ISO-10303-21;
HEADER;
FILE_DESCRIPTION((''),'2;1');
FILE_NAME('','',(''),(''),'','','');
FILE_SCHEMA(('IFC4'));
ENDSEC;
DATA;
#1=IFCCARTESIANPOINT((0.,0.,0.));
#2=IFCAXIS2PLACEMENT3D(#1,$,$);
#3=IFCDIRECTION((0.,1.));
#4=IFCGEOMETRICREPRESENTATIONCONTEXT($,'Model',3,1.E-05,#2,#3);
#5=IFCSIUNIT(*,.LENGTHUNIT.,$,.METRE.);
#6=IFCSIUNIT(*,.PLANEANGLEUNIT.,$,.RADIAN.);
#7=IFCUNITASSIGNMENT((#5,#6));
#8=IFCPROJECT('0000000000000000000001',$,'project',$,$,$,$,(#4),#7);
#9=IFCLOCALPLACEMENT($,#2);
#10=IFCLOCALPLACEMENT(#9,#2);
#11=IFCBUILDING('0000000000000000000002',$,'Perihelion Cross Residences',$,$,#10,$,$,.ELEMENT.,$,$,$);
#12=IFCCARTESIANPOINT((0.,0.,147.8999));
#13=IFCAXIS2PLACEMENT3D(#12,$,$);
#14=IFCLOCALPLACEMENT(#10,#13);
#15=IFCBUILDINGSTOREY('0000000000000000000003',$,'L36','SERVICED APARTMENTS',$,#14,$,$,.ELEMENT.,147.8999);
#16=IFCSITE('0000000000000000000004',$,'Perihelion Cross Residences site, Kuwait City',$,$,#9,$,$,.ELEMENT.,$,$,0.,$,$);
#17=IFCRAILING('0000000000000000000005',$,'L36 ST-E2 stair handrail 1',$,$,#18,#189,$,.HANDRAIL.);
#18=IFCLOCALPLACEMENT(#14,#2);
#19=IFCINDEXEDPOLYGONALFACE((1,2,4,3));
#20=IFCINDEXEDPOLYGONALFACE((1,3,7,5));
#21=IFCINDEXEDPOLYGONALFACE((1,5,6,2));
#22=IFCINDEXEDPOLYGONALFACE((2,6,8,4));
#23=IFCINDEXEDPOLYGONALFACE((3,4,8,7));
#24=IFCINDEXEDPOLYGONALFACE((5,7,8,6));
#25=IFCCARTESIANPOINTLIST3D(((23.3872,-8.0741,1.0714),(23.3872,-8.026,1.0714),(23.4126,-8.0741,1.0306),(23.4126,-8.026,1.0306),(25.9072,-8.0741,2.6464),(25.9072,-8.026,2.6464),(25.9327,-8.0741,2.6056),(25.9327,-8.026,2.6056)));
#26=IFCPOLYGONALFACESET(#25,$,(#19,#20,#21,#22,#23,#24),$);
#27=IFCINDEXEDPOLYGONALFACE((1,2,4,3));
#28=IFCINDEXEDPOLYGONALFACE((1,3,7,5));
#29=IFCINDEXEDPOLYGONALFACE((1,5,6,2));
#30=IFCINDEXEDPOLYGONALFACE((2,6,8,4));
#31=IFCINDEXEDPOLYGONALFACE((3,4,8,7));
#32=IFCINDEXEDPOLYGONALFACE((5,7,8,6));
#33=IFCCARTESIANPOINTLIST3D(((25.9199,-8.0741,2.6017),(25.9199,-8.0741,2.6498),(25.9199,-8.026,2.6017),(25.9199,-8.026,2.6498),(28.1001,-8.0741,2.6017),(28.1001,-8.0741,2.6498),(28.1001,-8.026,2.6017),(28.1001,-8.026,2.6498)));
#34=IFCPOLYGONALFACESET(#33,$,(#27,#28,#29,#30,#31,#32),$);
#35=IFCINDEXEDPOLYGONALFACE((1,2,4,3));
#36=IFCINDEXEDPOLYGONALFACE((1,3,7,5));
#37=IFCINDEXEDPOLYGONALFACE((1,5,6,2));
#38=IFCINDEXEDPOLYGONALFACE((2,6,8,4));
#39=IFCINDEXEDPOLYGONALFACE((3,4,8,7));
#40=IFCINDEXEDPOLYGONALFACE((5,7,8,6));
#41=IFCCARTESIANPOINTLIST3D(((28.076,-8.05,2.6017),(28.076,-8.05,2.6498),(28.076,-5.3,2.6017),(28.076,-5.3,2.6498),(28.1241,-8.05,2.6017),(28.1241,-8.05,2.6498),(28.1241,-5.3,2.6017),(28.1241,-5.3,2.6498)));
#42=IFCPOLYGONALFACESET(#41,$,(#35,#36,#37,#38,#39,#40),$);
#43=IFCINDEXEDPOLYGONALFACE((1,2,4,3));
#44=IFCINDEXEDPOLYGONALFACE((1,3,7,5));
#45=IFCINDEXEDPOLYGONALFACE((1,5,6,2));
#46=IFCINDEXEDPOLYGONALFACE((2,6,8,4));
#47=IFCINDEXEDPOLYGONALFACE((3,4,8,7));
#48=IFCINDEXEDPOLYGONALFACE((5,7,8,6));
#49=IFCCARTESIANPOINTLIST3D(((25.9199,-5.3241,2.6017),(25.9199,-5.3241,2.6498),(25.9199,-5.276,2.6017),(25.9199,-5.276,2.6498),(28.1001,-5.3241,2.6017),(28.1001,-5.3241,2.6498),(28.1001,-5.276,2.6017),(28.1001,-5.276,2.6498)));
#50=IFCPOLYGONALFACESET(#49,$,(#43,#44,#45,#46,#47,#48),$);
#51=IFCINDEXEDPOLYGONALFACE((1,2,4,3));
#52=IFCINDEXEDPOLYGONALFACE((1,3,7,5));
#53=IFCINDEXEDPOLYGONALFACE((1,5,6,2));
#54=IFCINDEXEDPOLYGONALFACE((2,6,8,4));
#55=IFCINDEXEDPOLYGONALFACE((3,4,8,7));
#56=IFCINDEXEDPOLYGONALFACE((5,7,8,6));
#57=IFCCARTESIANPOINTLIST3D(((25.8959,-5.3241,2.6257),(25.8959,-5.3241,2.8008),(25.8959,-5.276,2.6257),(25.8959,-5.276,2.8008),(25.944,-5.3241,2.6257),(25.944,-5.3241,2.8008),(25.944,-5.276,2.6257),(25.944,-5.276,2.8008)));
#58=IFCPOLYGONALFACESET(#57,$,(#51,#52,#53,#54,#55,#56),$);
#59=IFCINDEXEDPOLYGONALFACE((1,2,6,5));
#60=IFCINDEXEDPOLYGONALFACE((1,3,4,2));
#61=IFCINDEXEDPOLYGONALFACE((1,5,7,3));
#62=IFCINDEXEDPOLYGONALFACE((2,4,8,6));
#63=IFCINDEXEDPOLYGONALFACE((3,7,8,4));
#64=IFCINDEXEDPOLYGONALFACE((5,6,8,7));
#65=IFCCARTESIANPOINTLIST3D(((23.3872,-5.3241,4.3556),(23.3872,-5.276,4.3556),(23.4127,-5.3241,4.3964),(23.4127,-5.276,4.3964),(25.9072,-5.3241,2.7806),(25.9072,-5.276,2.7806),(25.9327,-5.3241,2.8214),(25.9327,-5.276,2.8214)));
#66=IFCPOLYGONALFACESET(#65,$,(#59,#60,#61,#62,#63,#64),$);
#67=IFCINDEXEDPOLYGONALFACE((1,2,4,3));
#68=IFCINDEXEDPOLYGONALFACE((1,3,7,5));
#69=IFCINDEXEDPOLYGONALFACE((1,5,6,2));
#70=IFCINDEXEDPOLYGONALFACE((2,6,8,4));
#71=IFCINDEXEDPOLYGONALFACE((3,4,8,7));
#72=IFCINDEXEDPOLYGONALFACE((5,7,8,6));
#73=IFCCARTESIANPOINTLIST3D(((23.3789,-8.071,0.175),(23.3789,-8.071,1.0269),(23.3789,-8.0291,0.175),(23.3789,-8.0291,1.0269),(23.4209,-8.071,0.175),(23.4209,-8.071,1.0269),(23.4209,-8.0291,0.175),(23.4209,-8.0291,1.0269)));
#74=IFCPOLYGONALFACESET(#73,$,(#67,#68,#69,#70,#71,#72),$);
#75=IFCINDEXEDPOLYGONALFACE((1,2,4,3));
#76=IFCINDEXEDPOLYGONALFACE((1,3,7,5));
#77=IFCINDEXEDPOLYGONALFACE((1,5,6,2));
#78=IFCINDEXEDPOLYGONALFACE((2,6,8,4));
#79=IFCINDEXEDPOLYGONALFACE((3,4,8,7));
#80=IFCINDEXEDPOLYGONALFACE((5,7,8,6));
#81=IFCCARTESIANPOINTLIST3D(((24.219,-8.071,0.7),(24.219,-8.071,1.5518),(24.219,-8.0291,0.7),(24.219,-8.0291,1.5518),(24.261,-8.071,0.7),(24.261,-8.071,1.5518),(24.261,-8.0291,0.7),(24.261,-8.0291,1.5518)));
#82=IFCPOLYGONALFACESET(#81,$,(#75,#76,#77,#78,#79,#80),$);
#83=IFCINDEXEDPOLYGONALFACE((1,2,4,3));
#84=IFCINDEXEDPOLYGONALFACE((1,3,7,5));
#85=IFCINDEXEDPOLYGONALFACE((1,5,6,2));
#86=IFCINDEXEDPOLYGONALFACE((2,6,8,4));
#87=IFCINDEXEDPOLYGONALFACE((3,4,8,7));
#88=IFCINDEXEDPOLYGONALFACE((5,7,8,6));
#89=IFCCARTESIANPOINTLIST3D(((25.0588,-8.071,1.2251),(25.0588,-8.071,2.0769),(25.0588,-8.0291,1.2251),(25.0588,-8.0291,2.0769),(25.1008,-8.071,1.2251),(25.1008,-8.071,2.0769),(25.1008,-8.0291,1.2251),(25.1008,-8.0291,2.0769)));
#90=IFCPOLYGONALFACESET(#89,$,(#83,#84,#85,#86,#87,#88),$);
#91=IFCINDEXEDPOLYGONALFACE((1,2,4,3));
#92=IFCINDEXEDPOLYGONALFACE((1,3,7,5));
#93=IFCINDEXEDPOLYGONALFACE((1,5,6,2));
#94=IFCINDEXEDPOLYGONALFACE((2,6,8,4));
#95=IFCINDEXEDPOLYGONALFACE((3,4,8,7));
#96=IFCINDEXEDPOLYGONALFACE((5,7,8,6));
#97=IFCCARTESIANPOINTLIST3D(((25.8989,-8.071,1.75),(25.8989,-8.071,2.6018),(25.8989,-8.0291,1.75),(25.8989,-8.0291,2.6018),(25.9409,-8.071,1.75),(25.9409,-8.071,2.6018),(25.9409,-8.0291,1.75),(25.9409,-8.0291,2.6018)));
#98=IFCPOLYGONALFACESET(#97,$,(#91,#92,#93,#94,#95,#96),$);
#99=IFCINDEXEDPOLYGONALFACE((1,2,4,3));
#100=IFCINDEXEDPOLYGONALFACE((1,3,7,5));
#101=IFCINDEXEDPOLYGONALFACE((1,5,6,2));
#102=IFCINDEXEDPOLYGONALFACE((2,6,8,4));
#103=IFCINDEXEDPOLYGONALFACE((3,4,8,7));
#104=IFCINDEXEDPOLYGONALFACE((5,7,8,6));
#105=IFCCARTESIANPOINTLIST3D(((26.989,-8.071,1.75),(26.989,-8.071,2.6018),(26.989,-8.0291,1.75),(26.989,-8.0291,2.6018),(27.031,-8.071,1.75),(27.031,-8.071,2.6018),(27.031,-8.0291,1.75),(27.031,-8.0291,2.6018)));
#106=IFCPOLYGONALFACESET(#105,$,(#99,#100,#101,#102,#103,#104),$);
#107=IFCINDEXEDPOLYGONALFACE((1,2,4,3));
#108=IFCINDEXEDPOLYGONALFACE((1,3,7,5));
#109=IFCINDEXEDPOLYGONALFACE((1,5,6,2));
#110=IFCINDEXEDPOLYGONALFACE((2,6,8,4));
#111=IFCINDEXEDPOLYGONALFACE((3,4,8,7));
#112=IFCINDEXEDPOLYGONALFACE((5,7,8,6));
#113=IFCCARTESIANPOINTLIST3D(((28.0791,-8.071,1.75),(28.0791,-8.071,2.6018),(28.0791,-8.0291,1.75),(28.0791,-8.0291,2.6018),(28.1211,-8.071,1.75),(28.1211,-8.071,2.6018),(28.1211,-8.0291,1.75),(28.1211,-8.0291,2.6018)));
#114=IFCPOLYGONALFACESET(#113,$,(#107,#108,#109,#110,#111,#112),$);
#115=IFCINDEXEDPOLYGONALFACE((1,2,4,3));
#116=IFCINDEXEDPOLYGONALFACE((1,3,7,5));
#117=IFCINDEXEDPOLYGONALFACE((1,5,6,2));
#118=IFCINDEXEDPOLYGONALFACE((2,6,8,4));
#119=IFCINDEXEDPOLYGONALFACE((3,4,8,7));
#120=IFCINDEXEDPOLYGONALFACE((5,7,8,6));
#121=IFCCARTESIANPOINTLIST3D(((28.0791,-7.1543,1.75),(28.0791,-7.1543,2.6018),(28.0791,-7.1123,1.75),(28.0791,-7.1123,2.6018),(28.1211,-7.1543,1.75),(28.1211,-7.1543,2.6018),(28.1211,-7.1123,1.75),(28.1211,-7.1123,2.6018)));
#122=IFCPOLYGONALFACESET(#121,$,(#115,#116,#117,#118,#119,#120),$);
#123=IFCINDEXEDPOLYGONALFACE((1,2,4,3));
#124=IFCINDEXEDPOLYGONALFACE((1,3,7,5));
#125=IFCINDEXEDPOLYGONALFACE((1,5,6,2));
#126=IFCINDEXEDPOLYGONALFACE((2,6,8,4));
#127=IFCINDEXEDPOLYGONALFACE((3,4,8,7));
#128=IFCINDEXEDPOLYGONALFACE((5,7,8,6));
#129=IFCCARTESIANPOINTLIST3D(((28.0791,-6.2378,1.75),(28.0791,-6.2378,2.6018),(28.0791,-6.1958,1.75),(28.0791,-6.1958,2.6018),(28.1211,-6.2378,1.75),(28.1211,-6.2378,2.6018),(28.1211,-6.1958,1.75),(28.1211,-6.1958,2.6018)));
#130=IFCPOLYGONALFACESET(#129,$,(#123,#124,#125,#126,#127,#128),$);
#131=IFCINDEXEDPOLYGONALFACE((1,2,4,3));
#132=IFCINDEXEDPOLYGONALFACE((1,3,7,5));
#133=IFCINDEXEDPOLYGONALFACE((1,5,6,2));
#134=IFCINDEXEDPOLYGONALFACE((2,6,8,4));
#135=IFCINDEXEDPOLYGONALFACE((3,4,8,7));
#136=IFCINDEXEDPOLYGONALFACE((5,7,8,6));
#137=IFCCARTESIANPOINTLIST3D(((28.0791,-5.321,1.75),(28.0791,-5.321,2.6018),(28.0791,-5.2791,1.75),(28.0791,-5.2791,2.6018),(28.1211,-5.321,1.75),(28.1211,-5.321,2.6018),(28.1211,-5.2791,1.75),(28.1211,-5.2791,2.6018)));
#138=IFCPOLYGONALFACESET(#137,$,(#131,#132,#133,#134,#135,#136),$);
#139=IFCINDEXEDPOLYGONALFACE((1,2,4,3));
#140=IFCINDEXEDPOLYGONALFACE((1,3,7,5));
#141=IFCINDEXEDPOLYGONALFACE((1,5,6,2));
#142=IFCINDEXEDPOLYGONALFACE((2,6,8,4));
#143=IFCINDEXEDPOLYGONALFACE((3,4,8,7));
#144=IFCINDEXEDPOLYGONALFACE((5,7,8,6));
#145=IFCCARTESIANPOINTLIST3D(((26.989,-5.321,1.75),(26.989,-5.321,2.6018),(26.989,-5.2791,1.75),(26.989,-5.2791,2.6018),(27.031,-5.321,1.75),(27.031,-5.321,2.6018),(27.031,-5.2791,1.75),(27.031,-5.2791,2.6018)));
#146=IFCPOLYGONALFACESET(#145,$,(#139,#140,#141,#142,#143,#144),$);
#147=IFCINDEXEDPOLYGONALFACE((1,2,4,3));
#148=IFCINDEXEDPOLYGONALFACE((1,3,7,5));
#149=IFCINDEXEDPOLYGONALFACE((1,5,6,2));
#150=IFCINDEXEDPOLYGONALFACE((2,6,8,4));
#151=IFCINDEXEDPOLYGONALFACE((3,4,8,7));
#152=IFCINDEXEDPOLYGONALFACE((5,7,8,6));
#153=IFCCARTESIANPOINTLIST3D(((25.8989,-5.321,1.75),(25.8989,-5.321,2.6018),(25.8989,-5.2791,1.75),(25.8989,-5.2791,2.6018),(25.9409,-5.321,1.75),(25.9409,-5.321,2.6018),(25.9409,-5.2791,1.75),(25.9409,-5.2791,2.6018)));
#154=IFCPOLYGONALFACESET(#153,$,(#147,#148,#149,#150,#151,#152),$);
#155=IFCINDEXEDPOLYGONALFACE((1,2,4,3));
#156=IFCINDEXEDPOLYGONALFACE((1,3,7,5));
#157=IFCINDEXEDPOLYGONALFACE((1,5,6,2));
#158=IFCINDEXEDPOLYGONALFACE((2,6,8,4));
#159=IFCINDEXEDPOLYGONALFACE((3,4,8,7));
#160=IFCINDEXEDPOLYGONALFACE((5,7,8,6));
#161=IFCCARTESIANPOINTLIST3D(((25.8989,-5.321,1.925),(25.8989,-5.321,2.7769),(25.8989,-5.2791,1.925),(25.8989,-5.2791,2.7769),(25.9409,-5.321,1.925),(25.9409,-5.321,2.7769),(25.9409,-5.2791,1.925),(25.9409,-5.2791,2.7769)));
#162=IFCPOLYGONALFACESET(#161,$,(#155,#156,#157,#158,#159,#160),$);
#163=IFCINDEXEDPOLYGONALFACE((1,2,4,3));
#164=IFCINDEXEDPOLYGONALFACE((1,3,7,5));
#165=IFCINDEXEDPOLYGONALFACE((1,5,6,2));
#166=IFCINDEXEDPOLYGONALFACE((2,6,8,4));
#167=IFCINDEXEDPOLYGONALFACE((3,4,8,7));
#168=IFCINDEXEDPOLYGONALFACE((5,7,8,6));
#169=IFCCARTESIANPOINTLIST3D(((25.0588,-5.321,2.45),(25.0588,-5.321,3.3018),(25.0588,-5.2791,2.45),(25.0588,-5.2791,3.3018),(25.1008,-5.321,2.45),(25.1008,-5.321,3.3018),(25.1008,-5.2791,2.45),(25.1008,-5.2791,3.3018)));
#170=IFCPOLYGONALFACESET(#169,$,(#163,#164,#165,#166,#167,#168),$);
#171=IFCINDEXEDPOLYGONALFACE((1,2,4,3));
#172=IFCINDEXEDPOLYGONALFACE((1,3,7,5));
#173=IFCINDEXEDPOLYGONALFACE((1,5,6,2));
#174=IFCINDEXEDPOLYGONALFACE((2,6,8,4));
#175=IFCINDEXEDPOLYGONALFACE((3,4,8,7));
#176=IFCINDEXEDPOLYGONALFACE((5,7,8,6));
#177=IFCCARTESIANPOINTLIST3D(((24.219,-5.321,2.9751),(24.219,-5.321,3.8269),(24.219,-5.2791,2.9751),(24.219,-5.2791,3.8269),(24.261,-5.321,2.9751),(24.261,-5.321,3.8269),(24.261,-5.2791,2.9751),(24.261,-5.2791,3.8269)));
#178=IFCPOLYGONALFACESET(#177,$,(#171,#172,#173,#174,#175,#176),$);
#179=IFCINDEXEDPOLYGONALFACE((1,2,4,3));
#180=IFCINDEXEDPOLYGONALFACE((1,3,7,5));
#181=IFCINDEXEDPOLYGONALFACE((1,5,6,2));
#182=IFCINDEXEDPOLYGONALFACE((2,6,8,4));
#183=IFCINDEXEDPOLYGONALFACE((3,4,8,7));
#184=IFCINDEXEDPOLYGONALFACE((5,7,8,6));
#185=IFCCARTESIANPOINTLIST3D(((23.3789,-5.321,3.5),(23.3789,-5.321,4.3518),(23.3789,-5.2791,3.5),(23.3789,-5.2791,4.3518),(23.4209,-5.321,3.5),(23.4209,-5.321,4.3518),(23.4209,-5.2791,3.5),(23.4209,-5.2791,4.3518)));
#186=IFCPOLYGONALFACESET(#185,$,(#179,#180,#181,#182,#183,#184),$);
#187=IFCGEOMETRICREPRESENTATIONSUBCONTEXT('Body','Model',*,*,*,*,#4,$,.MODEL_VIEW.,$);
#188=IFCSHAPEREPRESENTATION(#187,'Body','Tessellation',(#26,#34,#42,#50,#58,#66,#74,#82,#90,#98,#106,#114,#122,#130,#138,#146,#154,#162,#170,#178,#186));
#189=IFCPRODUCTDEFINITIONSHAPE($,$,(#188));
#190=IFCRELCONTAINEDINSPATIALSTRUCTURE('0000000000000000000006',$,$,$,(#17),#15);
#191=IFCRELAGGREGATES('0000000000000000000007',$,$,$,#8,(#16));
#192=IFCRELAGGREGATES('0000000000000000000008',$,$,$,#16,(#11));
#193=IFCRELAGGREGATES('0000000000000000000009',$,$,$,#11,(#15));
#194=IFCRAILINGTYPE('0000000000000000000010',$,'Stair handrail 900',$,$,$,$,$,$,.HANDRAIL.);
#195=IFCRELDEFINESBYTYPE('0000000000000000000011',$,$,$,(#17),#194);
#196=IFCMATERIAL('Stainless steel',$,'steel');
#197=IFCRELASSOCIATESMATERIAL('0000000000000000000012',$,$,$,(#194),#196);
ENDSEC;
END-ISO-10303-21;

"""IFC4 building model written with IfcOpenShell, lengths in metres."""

from ifc_helpers import new_model, si_unit, direction, frame, origin, origin_2d, place, context, subcontext, project, spatial, rectangle, extrude, material, type_object, element, save


model = new_model("IFC4")

# Units and contexts
model_context = context("Model", 3, precision=1e-05, world=origin(), true_north=direction((0.0, 1.0)))
body_context = subcontext(model_context, "Body", "Model", "MODEL_VIEW")
ifc_project = project(units=[si_unit("LENGTHUNIT", "METRE"), si_unit("PLANEANGLEUNIT", "RADIAN")], contexts=[model_context])

# Site, building, storey
site_placement = place(None, origin())
site = spatial("IfcSite", under=ifc_project, at=site_placement, Name="Perihelion Cross Residences site, Kuwait City", CompositionType="ELEMENT", RefElevation=0.0)
building_placement = place(site_placement, origin())
building = spatial("IfcBuilding", under=site, at=building_placement, Name="Perihelion Cross Residences", CompositionType="ELEMENT")
storey_placement = place(building_placement, frame((0.0, 0.0, 147.8999)))
storey = spatial("IfcBuildingStorey", under=building, at=storey_placement, Name="L36", Description="SERVICED APARTMENTS", CompositionType="ELEMENT", Elevation=147.8999)

# Railing
ifc_material_1 = material(Name="Stainless steel", Category="steel")
railing_type_1 = type_object("IfcRailingType", Name="Stair handrail 900", PredefinedType="HANDRAIL", material=ifc_material_1)
railing_1_placement = place(storey_placement, frame((23.3999, -8.05, 0.175)))
element("IfcRailing", 1, at=railing_1_placement, inside=storey, type_object=railing_type_1, Name="L36 ST-E2 stair handrail 1", PredefinedType="HANDRAIL", context=body_context, shape_type="SweptSolid", body=[
    extrude(rectangle(XDim=0.0481, YDim=0.0481, at=origin_2d()), frame((0.0, 0.0, 0.876), z_axis=(0.848008, 0.0, 0.529984), x_axis=(0.0, 1.0, 0.0)), (0.0, 0.0, 1.0), 2.9717),
    extrude(rectangle(XDim=0.0481, YDim=0.0481, at=origin_2d()), frame((2.52, 0.0, 2.4507), z_axis=(1.0, 0.0, 0.0), x_axis=(0.0, 1.0, 0.0)), (0.0, 0.0, 1.0), 2.1802),
    extrude(rectangle(XDim=0.0481, YDim=0.0481, at=origin_2d()), frame((4.7002, 0.0, 2.4507), z_axis=(0.0, 1.0, 0.0), x_axis=(-1.0, 0.0, 0.0)), (0.0, 0.0, 1.0), 2.75),
    extrude(rectangle(XDim=0.0481, YDim=0.0481, at=origin_2d()), frame((4.7002, 2.75, 2.4507), z_axis=(-1.0, 0.0, 0.0), x_axis=(0.0, -1.0, 0.0)), (0.0, 0.0, 1.0), 2.1802),
    extrude(rectangle(XDim=0.0481, YDim=0.0481, at=origin_2d()), frame((2.52, 2.75, 2.4507), z_axis=(0.0, 0.0, 1.0), x_axis=(1.0, 0.0, 0.0)), (0.0, 0.0, 1.0), 0.175),
    extrude(rectangle(XDim=0.0481, YDim=0.0481, at=origin_2d()), frame((2.52, 2.75, 2.626), z_axis=(-0.848008, 0.0, 0.529984), x_axis=(0.0, -1.0, 0.0)), (0.0, 0.0, 1.0), 2.9717),
    extrude(rectangle(XDim=0.042, YDim=0.042, at=origin_2d()), origin(), (0.0, 0.0, 1.0), 0.8518),
    extrude(rectangle(XDim=0.042, YDim=0.042, at=origin_2d()), frame((0.8401, 0.0, 0.5249)), (0.0, 0.0, 1.0), 0.8518),
    extrude(rectangle(XDim=0.042, YDim=0.042, at=origin_2d()), frame((1.6799, 0.0, 1.05)), (0.0, 0.0, 1.0), 0.8518),
    extrude(rectangle(XDim=0.042, YDim=0.042, at=origin_2d()), frame((2.52, 0.0, 1.575)), (0.0, 0.0, 1.0), 0.8518),
    extrude(rectangle(XDim=0.042, YDim=0.042, at=origin_2d()), frame((3.6101, 0.0, 1.575)), (0.0, 0.0, 1.0), 0.8518),
    extrude(rectangle(XDim=0.042, YDim=0.042, at=origin_2d()), frame((4.7002, 0.0, 1.575)), (0.0, 0.0, 1.0), 0.8518),
    extrude(rectangle(XDim=0.042, YDim=0.042, at=origin_2d()), frame((4.7002, 0.9167, 1.575)), (0.0, 0.0, 1.0), 0.8518),
    extrude(rectangle(XDim=0.042, YDim=0.042, at=origin_2d()), frame((4.7002, 1.8333, 1.575)), (0.0, 0.0, 1.0), 0.8518),
    extrude(rectangle(XDim=0.042, YDim=0.042, at=origin_2d()), frame((4.7002, 2.75, 1.575)), (0.0, 0.0, 1.0), 0.8518),
    extrude(rectangle(XDim=0.042, YDim=0.042, at=origin_2d()), frame((3.6101, 2.75, 1.575)), (0.0, 0.0, 1.0), 0.8518),
    extrude(rectangle(XDim=0.042, YDim=0.042, at=origin_2d()), frame((2.52, 2.75, 1.575)), (0.0, 0.0, 1.0), 0.8518),
    extrude(rectangle(XDim=0.042, YDim=0.042, at=origin_2d()), frame((2.52, 2.75, 1.75)), (0.0, 0.0, 1.0), 0.8518),
    extrude(rectangle(XDim=0.042, YDim=0.042, at=origin_2d()), frame((1.6799, 2.75, 2.2749)), (0.0, 0.0, 1.0), 0.8518),
    extrude(rectangle(XDim=0.042, YDim=0.042, at=origin_2d()), frame((0.8401, 2.75, 2.8)), (0.0, 0.0, 1.0), 0.8518),
    extrude(rectangle(XDim=0.042, YDim=0.042, at=origin_2d()), frame((0.0, 2.75, 3.325)), (0.0, 0.0, 1.0), 0.8518),
])

save(model, "model.ifc")
